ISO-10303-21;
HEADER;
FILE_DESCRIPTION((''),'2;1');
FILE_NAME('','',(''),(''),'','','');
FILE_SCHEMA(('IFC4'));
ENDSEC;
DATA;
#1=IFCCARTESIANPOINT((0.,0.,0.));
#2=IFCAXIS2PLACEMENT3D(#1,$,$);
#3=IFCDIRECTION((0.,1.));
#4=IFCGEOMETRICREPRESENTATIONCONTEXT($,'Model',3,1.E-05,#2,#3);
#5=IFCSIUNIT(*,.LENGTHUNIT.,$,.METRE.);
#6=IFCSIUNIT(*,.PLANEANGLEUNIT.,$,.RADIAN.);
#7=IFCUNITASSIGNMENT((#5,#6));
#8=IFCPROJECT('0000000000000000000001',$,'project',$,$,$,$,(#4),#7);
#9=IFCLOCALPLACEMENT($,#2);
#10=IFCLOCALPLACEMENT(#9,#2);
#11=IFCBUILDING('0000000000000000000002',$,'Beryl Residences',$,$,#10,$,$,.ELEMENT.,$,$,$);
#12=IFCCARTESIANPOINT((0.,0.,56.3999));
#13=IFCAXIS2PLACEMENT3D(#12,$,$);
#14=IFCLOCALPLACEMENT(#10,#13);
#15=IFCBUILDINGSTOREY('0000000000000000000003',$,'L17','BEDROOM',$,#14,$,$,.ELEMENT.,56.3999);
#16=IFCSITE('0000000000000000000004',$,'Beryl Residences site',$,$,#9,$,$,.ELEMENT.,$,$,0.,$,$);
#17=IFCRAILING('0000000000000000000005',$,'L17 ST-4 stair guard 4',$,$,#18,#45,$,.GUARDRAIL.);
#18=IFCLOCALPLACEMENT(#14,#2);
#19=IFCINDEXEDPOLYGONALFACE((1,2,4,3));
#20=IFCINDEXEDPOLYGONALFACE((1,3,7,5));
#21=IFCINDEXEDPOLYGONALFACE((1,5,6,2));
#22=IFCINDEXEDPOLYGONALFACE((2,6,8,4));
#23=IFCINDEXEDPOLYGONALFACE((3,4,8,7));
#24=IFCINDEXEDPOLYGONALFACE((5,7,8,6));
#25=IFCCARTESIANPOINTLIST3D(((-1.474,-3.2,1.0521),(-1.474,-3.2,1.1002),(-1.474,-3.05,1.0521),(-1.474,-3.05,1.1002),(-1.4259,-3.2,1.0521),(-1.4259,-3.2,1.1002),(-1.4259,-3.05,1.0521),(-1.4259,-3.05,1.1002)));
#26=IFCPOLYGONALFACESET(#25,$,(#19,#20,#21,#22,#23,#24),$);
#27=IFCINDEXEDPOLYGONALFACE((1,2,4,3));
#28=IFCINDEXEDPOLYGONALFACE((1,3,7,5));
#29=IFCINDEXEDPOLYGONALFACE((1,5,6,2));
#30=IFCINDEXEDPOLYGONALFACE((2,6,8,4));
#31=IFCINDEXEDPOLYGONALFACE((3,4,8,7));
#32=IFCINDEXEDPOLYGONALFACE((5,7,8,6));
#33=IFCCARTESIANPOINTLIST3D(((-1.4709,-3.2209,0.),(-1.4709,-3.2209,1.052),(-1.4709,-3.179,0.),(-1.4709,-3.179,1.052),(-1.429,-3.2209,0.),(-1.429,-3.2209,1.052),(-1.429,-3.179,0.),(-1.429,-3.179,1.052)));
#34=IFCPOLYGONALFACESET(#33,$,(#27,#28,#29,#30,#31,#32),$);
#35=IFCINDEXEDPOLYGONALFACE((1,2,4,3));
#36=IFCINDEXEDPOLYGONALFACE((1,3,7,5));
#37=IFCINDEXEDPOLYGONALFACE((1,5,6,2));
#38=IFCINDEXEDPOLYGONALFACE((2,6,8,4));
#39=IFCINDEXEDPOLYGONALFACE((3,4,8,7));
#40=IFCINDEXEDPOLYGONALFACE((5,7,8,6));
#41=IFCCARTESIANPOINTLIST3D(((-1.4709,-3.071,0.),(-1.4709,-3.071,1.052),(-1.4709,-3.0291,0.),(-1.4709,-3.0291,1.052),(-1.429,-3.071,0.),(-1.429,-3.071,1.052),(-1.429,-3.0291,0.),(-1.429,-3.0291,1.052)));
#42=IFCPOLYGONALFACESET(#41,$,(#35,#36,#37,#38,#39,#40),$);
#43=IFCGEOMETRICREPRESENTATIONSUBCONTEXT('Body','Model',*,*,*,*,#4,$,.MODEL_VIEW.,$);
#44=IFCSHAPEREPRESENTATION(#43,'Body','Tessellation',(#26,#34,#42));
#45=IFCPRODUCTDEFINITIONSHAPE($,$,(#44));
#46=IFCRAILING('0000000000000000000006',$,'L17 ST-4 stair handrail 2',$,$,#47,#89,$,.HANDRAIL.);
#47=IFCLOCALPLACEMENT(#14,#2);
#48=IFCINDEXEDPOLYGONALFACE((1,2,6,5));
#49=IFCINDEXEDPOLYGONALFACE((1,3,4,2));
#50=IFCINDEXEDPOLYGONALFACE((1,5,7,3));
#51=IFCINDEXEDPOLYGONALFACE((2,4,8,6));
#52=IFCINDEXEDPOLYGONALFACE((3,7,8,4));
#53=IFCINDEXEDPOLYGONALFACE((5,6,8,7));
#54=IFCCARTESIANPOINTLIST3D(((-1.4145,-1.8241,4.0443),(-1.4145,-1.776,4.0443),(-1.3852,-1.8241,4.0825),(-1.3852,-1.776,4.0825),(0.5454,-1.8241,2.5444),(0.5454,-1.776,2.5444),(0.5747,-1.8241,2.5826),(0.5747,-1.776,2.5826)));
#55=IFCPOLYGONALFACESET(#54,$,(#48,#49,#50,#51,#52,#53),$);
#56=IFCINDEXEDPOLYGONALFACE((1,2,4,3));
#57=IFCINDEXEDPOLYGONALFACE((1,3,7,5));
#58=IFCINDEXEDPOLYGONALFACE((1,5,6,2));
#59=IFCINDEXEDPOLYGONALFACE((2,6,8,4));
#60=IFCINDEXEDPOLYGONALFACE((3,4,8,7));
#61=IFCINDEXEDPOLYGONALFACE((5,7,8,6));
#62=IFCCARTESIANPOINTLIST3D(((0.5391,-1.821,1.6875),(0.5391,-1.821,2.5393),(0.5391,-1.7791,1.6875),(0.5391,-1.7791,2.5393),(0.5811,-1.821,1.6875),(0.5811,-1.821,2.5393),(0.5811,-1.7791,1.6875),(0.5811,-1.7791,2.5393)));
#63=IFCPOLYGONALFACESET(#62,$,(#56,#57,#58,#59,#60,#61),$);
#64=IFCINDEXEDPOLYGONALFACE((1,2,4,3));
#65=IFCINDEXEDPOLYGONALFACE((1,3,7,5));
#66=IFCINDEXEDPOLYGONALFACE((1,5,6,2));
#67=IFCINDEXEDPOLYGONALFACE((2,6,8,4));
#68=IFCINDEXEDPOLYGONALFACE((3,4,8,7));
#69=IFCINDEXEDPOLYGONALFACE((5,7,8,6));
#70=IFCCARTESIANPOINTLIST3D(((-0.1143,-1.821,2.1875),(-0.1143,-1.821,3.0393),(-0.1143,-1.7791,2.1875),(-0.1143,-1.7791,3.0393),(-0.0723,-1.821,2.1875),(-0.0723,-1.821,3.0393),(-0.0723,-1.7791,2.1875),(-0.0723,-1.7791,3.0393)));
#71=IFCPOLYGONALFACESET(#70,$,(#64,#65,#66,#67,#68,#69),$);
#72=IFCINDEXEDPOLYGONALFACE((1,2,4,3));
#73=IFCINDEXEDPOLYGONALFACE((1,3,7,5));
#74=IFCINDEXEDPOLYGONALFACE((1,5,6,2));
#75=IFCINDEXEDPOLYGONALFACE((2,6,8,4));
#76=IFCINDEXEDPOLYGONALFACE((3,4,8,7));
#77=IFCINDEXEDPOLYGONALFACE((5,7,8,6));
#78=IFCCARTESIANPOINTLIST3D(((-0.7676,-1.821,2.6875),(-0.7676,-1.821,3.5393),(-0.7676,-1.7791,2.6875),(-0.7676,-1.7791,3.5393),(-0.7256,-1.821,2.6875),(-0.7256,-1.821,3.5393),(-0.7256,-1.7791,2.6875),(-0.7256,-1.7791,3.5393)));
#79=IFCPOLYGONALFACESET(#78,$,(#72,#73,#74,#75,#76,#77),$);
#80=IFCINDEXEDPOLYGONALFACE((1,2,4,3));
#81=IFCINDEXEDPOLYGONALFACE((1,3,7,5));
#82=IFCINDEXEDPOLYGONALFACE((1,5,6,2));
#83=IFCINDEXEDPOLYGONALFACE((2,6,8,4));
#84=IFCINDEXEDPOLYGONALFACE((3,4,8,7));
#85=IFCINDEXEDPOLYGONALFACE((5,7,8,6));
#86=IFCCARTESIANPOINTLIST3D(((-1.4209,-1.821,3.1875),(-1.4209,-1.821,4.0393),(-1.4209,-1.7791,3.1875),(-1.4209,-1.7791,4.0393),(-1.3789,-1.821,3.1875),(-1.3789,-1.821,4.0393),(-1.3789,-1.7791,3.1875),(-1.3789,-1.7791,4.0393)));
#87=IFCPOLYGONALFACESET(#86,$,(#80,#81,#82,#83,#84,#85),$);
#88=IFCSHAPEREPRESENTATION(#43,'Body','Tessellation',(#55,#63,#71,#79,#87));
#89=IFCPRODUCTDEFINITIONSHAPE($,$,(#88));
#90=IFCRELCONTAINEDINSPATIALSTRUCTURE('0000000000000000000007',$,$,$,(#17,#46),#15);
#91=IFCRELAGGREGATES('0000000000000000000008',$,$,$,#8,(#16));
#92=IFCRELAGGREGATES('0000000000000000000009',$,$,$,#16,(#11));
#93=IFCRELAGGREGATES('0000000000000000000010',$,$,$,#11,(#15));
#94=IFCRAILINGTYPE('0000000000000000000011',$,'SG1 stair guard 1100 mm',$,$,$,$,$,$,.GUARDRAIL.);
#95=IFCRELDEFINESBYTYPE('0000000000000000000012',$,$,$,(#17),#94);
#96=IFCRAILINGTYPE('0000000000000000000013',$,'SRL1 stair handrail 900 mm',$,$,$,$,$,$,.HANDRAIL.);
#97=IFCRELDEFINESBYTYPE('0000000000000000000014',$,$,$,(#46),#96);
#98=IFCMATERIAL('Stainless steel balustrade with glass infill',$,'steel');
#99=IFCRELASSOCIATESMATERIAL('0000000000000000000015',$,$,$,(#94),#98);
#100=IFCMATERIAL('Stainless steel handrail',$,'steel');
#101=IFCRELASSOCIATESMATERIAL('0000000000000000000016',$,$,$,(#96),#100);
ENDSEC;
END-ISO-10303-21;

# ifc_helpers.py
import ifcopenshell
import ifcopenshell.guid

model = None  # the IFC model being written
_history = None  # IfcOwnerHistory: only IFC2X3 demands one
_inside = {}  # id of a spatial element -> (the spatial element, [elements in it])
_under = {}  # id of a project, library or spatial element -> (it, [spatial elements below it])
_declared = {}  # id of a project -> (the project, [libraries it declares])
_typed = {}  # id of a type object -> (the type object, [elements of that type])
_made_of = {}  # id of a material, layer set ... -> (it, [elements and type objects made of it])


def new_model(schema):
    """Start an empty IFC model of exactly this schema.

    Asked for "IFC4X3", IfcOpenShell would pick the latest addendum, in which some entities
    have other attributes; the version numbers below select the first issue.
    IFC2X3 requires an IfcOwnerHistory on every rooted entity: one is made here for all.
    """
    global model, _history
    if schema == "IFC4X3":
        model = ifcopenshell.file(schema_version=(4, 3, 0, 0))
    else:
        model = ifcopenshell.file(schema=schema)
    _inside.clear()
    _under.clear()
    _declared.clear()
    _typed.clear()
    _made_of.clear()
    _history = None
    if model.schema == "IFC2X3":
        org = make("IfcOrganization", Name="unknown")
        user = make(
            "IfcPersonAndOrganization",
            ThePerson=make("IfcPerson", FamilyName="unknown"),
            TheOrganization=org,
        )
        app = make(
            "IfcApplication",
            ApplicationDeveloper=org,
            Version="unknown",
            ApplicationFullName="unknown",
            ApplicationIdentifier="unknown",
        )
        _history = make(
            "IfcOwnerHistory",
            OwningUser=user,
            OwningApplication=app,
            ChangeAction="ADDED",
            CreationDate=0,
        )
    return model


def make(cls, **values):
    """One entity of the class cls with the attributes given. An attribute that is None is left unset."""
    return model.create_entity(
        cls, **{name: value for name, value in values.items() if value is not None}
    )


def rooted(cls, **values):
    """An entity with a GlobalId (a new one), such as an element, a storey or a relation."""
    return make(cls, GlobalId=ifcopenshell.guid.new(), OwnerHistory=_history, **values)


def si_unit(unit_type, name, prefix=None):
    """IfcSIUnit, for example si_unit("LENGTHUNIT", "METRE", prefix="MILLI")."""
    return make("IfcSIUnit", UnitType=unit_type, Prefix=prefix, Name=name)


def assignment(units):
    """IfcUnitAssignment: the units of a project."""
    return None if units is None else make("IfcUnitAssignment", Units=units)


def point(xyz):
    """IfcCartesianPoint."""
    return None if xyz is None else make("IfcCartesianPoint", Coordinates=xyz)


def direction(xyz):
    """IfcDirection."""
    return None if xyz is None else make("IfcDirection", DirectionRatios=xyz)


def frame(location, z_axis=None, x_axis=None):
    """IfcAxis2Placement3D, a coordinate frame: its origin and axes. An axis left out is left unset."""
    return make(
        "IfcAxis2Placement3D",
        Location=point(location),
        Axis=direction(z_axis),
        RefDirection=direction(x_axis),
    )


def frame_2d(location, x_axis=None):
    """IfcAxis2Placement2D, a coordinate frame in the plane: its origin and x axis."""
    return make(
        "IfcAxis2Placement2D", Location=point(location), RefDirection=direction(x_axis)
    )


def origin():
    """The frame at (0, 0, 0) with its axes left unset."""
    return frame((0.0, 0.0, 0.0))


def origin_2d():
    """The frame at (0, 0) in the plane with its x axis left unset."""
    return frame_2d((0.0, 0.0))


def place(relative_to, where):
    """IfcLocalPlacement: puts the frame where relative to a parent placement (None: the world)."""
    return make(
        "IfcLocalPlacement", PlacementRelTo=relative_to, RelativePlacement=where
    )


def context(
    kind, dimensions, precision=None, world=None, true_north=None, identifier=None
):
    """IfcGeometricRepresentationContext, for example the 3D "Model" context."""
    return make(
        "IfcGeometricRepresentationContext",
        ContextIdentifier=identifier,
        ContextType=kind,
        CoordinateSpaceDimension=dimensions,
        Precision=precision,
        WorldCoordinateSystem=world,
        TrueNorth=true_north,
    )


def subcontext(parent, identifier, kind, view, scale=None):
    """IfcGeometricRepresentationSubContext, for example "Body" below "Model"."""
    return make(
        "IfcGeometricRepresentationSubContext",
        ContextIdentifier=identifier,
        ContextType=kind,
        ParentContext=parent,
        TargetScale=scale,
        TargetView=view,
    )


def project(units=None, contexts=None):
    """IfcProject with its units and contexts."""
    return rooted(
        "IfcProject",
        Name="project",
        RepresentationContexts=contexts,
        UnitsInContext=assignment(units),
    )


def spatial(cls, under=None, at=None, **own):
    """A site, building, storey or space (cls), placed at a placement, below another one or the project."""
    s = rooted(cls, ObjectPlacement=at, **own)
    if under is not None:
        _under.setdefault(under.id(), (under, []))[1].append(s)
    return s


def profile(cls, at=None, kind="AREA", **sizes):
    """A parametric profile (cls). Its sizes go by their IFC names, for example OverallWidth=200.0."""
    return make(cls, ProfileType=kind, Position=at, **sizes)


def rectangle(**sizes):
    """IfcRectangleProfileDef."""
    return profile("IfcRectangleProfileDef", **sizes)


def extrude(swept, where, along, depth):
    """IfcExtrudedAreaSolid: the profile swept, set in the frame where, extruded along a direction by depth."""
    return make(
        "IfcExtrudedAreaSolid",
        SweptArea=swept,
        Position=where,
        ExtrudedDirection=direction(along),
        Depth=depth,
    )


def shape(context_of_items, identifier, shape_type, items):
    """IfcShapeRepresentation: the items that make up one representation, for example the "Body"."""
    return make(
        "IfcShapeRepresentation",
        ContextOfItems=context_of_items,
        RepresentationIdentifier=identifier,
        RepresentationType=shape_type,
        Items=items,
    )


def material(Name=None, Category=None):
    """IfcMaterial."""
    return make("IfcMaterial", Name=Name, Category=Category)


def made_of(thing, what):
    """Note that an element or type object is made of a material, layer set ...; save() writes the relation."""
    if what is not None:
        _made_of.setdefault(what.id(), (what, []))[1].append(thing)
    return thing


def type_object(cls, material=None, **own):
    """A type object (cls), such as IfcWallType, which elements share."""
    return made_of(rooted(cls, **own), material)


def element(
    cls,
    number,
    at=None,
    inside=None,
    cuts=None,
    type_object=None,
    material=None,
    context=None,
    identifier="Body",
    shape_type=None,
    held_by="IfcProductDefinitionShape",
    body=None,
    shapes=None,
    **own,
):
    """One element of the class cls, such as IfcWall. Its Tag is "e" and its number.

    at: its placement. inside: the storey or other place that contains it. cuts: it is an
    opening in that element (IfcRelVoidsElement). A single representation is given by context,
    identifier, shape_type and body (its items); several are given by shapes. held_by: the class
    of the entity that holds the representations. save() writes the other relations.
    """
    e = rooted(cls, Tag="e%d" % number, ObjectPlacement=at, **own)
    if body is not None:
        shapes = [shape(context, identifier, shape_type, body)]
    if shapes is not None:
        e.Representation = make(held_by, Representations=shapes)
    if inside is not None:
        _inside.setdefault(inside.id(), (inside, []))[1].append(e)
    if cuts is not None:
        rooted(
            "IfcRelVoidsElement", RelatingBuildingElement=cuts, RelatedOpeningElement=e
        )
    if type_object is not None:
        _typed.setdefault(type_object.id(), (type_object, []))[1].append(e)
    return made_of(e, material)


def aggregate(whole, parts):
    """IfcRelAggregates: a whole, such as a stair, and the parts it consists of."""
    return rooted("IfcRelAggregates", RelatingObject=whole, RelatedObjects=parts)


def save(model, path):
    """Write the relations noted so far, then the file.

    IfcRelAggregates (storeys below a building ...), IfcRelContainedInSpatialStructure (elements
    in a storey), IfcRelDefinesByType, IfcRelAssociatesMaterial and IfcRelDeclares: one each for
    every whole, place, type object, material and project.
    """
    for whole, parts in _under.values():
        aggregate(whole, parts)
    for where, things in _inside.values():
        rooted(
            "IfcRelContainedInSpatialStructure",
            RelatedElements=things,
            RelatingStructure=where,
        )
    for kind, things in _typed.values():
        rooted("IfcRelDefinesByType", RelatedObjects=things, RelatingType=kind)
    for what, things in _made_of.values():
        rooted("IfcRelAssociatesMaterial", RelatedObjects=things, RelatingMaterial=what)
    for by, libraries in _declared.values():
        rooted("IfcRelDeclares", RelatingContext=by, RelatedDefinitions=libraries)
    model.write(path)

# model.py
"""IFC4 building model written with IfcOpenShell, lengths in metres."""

from ifc_helpers import new_model, si_unit, direction, frame, origin, origin_2d, place, context, subcontext, project, spatial, rectangle, extrude, material, type_object, element, save


model = new_model("IFC4")

# Units and contexts
model_context = context("Model", 3, precision=1e-05, world=origin(), true_north=direction((0.0, 1.0)))
body_context = subcontext(model_context, "Body", "Model", "MODEL_VIEW")
ifc_project = project(units=[si_unit("LENGTHUNIT", "METRE"), si_unit("PLANEANGLEUNIT", "RADIAN")], contexts=[model_context])

# Site, building, storey
site_placement = place(None, origin())
site = spatial("IfcSite", under=ifc_project, at=site_placement, Name="Beryl Residences site", CompositionType="ELEMENT", RefElevation=0.0)
building_placement = place(site_placement, origin())
building = spatial("IfcBuilding", under=site, at=building_placement, Name="Beryl Residences", CompositionType="ELEMENT")
storey_placement = place(building_placement, frame((0.0, 0.0, 56.3999)))
storey = spatial("IfcBuildingStorey", under=building, at=storey_placement, Name="L17", Description="BEDROOM", CompositionType="ELEMENT", Elevation=56.3999)

# Railings
ifc_material_1 = material(Name="Stainless steel balustrade with glass infill", Category="steel")
railing_type_1 = type_object("IfcRailingType", Name="SG1 stair guard 1100 mm", PredefinedType="GUARDRAIL", material=ifc_material_1)
railing_1_placement = place(storey_placement, frame((-1.45, -3.2, 0.0)))
element("IfcRailing", 1, at=railing_1_placement, inside=storey, type_object=railing_type_1, Name="L17 ST-4 stair guard 4", PredefinedType="GUARDRAIL", context=body_context, shape_type="SweptSolid", body=[
    extrude(rectangle(XDim=0.0481, YDim=0.0481, at=origin_2d()), frame((0.0, 0.0, 1.0762), z_axis=(0.0, 1.0, 0.0), x_axis=(-1.0, 0.0, 0.0)), (0.0, 0.0, 1.0), 0.1499),
    extrude(rectangle(XDim=0.042, YDim=0.042, at=origin_2d()), origin(), (0.0, 0.0, 1.0), 1.052),
    extrude(rectangle(XDim=0.042, YDim=0.042, at=origin_2d()), frame((0.0, 0.1499, 0.0)), (0.0, 0.0, 1.0), 1.052),
])
ifc_material_2 = material(Name="Stainless steel handrail", Category="steel")
railing_type_2 = type_object("IfcRailingType", Name="SRL1 stair handrail 900 mm", PredefinedType="HANDRAIL", material=ifc_material_2)
railing_2_placement = place(storey_placement, frame((0.5601, -1.8, 1.6875)))
element("IfcRailing", 2, at=railing_2_placement, inside=storey, type_object=railing_type_2, Name="L17 ST-4 stair handrail 2", PredefinedType="HANDRAIL", context=body_context, shape_type="SweptSolid", body=[
    extrude(rectangle(XDim=0.0481, YDim=0.0481, at=origin_2d()), frame((0.0, 0.0, 0.876), z_axis=(-0.794122, 0.0, 0.607758), x_axis=(0.0, -1.0, 0.0)), (0.0, 0.0, 1.0), 2.468),
    extrude(rectangle(XDim=0.042, YDim=0.042, at=origin_2d()), origin(), (0.0, 0.0, 1.0), 0.8518),
    extrude(rectangle(XDim=0.042, YDim=0.042, at=origin_2d()), frame((-0.6533, 0.0, 0.5)), (0.0, 0.0, 1.0), 0.8518),
    extrude(rectangle(XDim=0.042, YDim=0.042, at=origin_2d()), frame((-1.3066, 0.0, 1.0)), (0.0, 0.0, 1.0), 0.8518),
    extrude(rectangle(XDim=0.042, YDim=0.042, at=origin_2d()), frame((-1.96, 0.0, 1.5)), (0.0, 0.0, 1.0), 0.8518),
])

save(model, "model.ifc")
